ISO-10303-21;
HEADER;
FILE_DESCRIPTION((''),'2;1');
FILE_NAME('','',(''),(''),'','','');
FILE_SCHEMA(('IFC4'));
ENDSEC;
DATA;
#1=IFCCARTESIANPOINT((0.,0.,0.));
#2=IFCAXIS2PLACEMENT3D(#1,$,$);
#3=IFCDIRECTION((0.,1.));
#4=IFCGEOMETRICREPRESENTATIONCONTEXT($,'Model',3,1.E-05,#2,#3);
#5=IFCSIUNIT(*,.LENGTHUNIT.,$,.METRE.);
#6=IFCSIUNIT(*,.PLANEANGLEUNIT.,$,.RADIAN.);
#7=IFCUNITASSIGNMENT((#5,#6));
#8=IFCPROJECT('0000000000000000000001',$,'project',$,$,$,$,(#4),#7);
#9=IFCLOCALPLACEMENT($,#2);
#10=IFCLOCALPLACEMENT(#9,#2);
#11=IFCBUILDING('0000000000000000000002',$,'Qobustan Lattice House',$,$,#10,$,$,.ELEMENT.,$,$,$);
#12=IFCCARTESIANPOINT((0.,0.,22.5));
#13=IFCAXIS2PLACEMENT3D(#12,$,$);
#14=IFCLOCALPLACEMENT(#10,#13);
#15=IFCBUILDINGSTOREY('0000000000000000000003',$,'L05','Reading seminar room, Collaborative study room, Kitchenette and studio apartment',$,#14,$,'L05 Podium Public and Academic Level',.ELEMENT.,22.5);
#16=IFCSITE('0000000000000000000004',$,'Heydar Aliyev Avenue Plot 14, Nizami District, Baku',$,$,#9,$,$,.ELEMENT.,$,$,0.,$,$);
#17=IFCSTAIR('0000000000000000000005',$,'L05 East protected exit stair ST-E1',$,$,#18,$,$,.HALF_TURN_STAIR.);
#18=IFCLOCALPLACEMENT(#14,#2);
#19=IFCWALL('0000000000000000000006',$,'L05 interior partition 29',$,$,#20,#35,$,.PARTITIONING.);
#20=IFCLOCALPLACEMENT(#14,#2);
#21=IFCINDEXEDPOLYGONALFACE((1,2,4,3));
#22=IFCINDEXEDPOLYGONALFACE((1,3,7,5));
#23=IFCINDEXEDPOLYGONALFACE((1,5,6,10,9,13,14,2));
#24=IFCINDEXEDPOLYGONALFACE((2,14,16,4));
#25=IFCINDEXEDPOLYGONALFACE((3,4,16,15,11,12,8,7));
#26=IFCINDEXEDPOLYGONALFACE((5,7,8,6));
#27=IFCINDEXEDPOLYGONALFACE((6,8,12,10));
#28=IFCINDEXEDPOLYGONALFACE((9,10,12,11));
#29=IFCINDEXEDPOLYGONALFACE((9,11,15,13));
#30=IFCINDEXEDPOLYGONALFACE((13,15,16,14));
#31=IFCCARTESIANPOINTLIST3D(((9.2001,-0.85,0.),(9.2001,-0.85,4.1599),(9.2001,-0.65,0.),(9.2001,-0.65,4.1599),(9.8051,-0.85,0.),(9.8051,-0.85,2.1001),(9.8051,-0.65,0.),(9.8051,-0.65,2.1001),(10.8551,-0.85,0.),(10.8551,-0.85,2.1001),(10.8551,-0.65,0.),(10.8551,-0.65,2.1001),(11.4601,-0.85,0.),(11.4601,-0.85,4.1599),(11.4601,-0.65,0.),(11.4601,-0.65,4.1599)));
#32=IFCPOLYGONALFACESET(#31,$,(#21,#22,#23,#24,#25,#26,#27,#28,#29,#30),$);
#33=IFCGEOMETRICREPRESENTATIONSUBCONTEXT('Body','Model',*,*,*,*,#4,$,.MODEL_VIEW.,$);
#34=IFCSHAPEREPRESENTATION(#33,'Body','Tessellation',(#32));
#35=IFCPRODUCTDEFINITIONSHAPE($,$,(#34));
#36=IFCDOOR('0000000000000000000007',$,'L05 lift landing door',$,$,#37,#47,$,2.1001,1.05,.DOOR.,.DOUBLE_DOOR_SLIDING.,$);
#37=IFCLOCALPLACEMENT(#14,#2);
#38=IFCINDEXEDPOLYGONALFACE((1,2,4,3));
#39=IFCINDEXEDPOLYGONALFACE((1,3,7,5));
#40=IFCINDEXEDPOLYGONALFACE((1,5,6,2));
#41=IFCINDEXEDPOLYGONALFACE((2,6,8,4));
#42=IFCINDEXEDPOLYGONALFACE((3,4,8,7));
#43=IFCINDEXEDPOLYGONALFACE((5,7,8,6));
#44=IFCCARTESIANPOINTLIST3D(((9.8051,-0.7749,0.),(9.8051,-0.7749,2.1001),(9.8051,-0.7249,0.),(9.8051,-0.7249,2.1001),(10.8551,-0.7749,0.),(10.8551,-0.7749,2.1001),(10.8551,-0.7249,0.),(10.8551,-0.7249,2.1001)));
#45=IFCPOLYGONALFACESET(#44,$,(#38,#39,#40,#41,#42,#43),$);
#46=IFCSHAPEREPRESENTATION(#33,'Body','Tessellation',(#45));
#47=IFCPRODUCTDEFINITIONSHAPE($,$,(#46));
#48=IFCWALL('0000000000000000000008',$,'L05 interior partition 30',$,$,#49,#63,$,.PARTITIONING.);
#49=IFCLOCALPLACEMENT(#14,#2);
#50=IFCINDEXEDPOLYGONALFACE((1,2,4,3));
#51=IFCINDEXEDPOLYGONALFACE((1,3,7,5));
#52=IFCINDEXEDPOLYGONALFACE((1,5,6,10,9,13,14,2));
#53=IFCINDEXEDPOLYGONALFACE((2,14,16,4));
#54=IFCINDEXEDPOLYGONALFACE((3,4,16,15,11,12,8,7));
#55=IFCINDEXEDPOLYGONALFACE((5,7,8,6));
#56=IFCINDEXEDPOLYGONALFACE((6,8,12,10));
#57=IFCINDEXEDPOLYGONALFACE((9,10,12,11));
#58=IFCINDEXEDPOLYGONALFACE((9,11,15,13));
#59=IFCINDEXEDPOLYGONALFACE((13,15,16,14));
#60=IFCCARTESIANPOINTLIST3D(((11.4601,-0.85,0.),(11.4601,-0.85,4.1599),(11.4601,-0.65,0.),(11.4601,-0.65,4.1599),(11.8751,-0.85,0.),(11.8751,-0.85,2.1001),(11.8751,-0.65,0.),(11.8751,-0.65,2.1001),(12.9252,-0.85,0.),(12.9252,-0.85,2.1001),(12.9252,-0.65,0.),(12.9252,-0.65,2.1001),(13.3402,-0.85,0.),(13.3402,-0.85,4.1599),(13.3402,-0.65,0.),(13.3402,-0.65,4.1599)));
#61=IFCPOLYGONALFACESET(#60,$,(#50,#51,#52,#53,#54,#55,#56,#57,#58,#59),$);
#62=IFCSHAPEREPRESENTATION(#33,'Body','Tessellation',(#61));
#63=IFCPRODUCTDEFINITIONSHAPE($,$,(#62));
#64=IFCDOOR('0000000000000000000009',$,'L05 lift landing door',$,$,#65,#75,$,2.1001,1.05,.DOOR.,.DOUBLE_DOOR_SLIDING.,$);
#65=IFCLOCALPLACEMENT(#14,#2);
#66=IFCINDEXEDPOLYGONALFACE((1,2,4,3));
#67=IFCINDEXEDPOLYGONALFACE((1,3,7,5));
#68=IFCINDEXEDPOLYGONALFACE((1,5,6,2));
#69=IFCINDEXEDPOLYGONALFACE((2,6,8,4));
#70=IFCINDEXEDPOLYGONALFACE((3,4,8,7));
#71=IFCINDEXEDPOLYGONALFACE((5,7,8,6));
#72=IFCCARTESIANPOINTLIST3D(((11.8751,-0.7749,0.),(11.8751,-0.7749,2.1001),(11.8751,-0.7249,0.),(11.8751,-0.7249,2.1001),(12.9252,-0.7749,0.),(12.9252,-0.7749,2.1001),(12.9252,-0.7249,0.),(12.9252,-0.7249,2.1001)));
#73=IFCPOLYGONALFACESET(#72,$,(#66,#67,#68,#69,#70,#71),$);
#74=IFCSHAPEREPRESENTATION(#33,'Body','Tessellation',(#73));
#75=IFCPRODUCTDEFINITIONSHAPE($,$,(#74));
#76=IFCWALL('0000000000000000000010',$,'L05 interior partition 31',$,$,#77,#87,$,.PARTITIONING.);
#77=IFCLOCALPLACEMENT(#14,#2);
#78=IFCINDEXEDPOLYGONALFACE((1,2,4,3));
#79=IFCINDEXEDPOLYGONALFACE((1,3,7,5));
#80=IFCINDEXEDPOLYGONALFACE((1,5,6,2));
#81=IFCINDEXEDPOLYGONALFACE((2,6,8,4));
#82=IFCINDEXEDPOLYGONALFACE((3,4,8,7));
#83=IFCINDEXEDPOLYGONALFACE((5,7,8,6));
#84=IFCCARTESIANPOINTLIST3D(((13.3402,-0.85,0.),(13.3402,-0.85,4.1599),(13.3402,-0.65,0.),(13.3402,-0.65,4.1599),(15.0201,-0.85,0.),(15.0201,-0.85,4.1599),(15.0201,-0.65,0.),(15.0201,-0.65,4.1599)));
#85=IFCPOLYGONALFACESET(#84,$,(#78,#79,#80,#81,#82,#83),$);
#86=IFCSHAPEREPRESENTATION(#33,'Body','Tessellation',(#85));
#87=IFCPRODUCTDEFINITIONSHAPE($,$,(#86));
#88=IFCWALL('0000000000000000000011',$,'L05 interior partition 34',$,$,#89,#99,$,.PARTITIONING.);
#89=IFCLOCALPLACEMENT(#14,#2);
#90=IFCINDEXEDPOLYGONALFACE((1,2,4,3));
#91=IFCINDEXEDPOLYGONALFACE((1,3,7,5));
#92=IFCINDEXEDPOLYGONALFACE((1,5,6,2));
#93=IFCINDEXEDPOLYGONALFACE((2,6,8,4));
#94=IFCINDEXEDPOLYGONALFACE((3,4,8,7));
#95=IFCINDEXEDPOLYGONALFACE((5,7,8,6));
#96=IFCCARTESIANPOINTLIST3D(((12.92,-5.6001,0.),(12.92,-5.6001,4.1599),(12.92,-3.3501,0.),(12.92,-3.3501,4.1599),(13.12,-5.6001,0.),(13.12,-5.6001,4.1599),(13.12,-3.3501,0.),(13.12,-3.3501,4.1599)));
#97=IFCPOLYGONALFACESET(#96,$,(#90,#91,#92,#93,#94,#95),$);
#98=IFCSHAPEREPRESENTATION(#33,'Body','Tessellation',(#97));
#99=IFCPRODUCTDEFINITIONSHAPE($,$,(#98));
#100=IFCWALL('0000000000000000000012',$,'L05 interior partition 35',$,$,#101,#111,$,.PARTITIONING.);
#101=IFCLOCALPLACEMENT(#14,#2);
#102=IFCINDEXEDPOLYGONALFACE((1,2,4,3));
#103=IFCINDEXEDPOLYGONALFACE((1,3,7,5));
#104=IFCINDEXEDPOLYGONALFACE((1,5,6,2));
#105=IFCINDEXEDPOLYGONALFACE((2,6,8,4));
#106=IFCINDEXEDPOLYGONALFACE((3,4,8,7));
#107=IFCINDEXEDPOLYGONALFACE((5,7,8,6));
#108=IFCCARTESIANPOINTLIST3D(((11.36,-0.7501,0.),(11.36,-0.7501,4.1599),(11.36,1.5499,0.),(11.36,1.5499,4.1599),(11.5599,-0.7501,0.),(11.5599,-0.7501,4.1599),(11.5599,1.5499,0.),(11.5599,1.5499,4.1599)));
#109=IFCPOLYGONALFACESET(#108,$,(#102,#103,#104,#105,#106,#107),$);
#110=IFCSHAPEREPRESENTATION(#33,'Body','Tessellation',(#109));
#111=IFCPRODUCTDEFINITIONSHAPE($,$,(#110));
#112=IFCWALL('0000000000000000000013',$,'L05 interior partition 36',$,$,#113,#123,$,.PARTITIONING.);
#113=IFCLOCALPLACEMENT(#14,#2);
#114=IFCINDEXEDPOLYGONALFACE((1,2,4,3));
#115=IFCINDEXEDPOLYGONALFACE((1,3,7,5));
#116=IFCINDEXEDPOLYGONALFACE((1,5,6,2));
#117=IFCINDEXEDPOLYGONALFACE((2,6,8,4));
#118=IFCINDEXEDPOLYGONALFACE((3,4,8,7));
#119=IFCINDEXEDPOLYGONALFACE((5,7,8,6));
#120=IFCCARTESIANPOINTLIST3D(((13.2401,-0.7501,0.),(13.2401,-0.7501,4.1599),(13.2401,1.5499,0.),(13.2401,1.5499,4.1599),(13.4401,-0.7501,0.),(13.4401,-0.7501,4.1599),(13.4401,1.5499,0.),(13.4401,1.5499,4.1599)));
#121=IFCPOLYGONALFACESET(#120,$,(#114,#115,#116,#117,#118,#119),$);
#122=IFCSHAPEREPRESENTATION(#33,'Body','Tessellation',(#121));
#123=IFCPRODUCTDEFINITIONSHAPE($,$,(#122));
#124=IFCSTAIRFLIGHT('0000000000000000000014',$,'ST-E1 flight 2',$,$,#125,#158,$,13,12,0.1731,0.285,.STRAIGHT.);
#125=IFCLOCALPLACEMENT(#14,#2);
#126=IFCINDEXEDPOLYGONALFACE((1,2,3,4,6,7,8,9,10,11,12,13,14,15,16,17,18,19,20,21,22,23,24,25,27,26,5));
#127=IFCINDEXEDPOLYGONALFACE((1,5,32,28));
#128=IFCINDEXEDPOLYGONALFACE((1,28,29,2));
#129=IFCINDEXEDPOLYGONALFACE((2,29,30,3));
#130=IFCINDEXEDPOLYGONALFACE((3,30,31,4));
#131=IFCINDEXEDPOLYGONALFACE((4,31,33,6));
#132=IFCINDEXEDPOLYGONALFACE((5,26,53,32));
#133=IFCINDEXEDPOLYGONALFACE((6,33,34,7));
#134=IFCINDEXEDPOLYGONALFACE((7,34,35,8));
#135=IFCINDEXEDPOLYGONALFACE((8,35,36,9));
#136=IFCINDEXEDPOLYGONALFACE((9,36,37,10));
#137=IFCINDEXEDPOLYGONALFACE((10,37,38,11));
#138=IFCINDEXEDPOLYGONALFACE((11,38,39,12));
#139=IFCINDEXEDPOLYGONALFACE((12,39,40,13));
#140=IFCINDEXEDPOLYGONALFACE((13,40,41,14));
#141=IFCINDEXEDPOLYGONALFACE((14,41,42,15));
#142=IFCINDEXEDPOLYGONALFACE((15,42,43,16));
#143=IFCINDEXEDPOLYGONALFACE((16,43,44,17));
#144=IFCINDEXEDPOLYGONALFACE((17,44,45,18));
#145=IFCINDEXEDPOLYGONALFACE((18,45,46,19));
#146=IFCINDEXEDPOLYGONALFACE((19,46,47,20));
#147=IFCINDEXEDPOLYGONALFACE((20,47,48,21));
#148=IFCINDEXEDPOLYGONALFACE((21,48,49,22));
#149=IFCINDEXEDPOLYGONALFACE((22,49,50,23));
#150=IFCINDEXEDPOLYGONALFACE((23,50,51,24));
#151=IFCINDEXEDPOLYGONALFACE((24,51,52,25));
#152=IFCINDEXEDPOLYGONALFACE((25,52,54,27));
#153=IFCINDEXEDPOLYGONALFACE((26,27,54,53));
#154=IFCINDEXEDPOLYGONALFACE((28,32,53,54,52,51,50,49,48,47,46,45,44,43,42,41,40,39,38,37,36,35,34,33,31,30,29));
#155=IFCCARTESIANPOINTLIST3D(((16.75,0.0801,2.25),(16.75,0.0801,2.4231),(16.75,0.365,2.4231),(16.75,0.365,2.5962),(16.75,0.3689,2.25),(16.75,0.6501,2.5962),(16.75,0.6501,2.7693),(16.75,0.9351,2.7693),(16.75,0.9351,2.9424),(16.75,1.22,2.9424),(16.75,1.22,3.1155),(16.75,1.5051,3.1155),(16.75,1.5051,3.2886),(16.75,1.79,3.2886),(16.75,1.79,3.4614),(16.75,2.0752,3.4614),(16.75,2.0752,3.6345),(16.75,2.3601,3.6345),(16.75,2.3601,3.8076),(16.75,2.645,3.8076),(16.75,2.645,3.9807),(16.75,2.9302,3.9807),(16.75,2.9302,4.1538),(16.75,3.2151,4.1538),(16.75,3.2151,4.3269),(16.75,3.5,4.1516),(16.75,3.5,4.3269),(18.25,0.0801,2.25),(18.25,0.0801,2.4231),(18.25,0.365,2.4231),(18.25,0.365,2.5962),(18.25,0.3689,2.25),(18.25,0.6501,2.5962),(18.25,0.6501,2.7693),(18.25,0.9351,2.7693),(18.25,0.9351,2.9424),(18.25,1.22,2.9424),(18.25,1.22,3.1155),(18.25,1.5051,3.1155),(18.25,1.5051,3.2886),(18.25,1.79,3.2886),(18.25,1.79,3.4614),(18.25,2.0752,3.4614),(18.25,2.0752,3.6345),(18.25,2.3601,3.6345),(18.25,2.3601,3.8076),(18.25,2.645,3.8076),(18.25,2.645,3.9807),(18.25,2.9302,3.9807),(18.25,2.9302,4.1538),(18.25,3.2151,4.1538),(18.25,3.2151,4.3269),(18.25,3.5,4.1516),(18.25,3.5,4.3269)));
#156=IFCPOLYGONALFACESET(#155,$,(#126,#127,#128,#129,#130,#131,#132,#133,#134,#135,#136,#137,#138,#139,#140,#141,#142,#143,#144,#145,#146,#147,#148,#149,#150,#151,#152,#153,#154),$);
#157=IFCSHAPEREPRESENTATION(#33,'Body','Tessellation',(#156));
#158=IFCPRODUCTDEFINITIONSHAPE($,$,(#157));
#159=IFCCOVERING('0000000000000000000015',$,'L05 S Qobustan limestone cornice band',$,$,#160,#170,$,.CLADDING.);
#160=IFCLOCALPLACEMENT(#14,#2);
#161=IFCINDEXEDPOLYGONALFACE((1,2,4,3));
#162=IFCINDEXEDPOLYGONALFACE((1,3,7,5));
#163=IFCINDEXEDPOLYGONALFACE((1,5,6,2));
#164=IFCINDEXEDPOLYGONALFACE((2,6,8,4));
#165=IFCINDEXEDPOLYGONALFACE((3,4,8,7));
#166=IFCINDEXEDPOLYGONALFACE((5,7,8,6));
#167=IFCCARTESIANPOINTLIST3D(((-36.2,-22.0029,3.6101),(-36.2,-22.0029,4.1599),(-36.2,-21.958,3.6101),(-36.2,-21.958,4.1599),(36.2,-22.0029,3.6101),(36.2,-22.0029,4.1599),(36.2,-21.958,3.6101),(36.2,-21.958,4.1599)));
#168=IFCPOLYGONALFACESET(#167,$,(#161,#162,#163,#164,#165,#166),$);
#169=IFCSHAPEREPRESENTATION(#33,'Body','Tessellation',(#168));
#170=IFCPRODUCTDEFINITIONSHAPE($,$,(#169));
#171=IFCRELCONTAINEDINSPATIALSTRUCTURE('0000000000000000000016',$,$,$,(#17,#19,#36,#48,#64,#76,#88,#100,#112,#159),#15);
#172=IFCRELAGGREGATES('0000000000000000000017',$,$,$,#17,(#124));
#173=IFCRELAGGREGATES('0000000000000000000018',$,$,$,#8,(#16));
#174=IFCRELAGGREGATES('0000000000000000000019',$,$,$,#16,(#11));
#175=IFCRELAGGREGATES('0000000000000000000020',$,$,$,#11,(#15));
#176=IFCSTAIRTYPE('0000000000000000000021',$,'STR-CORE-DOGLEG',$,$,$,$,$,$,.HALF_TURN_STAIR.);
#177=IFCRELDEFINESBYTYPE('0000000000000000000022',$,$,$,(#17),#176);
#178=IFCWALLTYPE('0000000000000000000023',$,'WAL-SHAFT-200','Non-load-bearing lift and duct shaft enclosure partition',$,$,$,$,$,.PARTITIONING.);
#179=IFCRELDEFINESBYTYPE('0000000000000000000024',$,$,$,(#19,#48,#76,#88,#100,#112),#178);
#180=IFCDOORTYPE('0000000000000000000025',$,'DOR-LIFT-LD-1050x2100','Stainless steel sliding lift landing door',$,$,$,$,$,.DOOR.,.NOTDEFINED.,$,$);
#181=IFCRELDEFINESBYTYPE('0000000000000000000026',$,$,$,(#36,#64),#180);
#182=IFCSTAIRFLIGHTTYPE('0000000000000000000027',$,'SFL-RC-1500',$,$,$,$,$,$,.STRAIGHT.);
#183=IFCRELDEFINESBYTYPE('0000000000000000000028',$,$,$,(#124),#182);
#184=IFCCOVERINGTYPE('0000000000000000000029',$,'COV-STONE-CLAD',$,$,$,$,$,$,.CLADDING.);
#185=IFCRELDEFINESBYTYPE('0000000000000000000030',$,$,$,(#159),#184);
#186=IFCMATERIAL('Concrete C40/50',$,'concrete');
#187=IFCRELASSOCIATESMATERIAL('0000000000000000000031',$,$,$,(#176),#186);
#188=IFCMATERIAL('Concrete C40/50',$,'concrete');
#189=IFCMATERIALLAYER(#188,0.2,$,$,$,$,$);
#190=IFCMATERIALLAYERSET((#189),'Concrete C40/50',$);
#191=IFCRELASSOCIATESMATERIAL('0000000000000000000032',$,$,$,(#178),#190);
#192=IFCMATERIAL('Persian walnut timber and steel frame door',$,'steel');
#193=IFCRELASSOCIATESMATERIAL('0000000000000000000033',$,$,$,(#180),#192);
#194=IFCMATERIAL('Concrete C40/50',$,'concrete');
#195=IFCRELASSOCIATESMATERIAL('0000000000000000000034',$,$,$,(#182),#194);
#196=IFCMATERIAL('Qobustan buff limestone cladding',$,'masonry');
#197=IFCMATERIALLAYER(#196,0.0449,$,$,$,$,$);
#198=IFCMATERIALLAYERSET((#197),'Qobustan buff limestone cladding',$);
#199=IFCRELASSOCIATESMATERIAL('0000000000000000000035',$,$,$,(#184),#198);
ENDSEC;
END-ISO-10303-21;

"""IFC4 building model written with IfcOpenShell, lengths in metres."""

from ifc_helpers import new_model, si_unit, direction, frame, frame_2d, origin, place, context, subcontext, project, spatial, polyline, rectangle, outline, extrude, material, layer, layer_set, type_object, element, fill, aggregate, save


model = new_model("IFC4")

# Units and contexts
model_context = context("Model", 3, precision=1e-05, world=origin(), true_north=direction((0.0, 1.0)))
body_context = subcontext(model_context, "Body", "Model", "MODEL_VIEW")
ifc_project = project(units=[si_unit("LENGTHUNIT", "METRE"), si_unit("PLANEANGLEUNIT", "RADIAN")], contexts=[model_context])

# Site, building, storey
site_placement = place(None, origin())
site = spatial("IfcSite", under=ifc_project, at=site_placement, Name="Heydar Aliyev Avenue Plot 14, Nizami District, Baku", CompositionType="ELEMENT", RefElevation=0.0)
building_placement = place(site_placement, origin())
building = spatial("IfcBuilding", under=site, at=building_placement, Name="Qobustan Lattice House", CompositionType="ELEMENT")
storey_placement = place(building_placement, frame((0.0, 0.0, 22.5)))
storey = spatial("IfcBuildingStorey", under=building, at=storey_placement, Name="L05", Description="Reading seminar room, Collaborative study room, Kitchenette and studio apartment", LongName="L05 Podium Public and Academic Level", CompositionType="ELEMENT", Elevation=22.5)

# Stair
ifc_material_1 = material(Name="Concrete C40/50", Category="concrete")
stair_type = type_object("IfcStairType", Name="STR-CORE-DOGLEG", PredefinedType="HALF_TURN_STAIR", material=ifc_material_1)
stair_1_placement = place(storey_placement, origin())
stair_1 = element("IfcStair", 1, at=stair_1_placement, inside=storey, type_object=stair_type, Name="L05 East protected exit stair ST-E1", PredefinedType="HALF_TURN_STAIR")

# Shared definitions
ifc_material_2 = material(Name="Concrete C40/50", Category="concrete")
ifc_layer_1 = layer(ifc_material_2, 0.2)
ifc_layer_set_1 = layer_set([ifc_layer_1], Name="Concrete C40/50")
wall_type_1 = type_object("IfcWallType", Name="WAL-SHAFT-200", Description="Non-load-bearing lift and duct shaft enclosure partition", PredefinedType="PARTITIONING", material=ifc_layer_set_1)

# Walls, openings, doors
wall_1_placement = place(storey_placement, frame((11.46, -0.75, 0.0), z_axis=(0.0, 0.0, 1.0), x_axis=(-1.0, 0.0, 0.0)))
wall_1 = element("IfcWall", 2, at=wall_1_placement, inside=storey, type_object=wall_type_1, Name="L05 interior partition 29", PredefinedType="PARTITIONING", context=body_context, shape_type="SweptSolid", body=[
    extrude(rectangle(XDim=2.26, YDim=0.2, at=frame_2d((1.1299, 0.0))), origin(), (0.0, 0.0, 1.0), 4.1599),
])
opening_1_placement = place(wall_1_placement, frame((0.605, 0.0, 0.0)))
opening_1 = element("IfcOpeningElement", 3, at=opening_1_placement, cuts=wall_1, PredefinedType="OPENING", context=body_context, shape_type="SweptSolid", body=[
    extrude(rectangle(XDim=1.05, YDim=2.1001, at=frame_2d((0.5249, 1.05))), frame((0.0, 0.1099, 0.0), z_axis=(0.0, -1.0, 0.0), x_axis=(1.0, 0.0, 0.0)), (0.0, 0.0, 1.0), 0.22),
])
ifc_material_3 = material(Name="Persian walnut timber and steel frame door", Category="steel")
door_type_1 = type_object("IfcDoorType", Name="DOR-LIFT-LD-1050x2100", Description="Stainless steel sliding lift landing door", OperationType="NOTDEFINED", PredefinedType="DOOR", material=ifc_material_3)
door_1_placement = place(opening_1_placement, origin())
door_1 = element("IfcDoor", 4, at=door_1_placement, inside=storey, type_object=door_type_1, Name="L05 lift landing door", OperationType="DOUBLE_DOOR_SLIDING", OverallHeight=2.1001, OverallWidth=1.05, PredefinedType="DOOR", context=body_context, shape_type="SweptSolid", body=[
    extrude(rectangle(XDim=1.05, YDim=2.1001, at=frame_2d((0.5249, 1.05))), frame((0.0, 0.0249, 0.0), z_axis=(0.0, -1.0, 0.0), x_axis=(1.0, 0.0, 0.0)), (0.0, 0.0, 1.0), 0.05),
])
fill(opening_1, door_1)
wall_2_placement = place(storey_placement, frame((13.3401, -0.75, 0.0), z_axis=(0.0, 0.0, 1.0), x_axis=(-1.0, 0.0, 0.0)))
wall_2 = element("IfcWall", 5, at=wall_2_placement, inside=storey, type_object=wall_type_1, Name="L05 interior partition 30", PredefinedType="PARTITIONING", context=body_context, shape_type="SweptSolid", body=[
    extrude(rectangle(XDim=1.8801, YDim=0.2, at=frame_2d((0.9399, 0.0))), origin(), (0.0, 0.0, 1.0), 4.1599),
])
opening_2_placement = place(wall_2_placement, frame((0.415, 0.0, 0.0)))
opening_2 = element("IfcOpeningElement", 6, at=opening_2_placement, cuts=wall_2, PredefinedType="OPENING", context=body_context, shape_type="SweptSolid", body=[
    extrude(rectangle(XDim=1.05, YDim=2.1001, at=frame_2d((0.5249, 1.05))), frame((0.0, 0.1099, 0.0), z_axis=(0.0, -1.0, 0.0), x_axis=(1.0, 0.0, 0.0)), (0.0, 0.0, 1.0), 0.22),
])
door_2_placement = place(opening_2_placement, origin())
door_2 = element("IfcDoor", 7, at=door_2_placement, inside=storey, type_object=door_type_1, Name="L05 lift landing door", OperationType="DOUBLE_DOOR_SLIDING", OverallHeight=2.1001, OverallWidth=1.05, PredefinedType="DOOR", context=body_context, shape_type="SweptSolid", body=[
    extrude(rectangle(XDim=1.05, YDim=2.1001, at=frame_2d((0.5249, 1.05))), frame((0.0, 0.0249, 0.0), z_axis=(0.0, -1.0, 0.0), x_axis=(1.0, 0.0, 0.0)), (0.0, 0.0, 1.0), 0.05),
])
fill(opening_2, door_2)

# Walls
wall_3_placement = place(storey_placement, frame((15.02, -0.75, 0.0), z_axis=(0.0, 0.0, 1.0), x_axis=(-1.0, 0.0, 0.0)))
element("IfcWall", 8, at=wall_3_placement, inside=storey, type_object=wall_type_1, Name="L05 interior partition 31", PredefinedType="PARTITIONING", context=body_context, shape_type="SweptSolid", body=[
    extrude(rectangle(XDim=1.6799, YDim=0.2, at=frame_2d((0.8398, 0.0))), origin(), (0.0, 0.0, 1.0), 4.1599),
])
wall_4_placement = place(storey_placement, frame((13.02, -5.6001, 0.0), z_axis=(0.0, 0.0, 1.0), x_axis=(0.0, 1.0, 0.0)))
element("IfcWall", 9, at=wall_4_placement, inside=storey, type_object=wall_type_1, Name="L05 interior partition 34", PredefinedType="PARTITIONING", context=body_context, shape_type="SweptSolid", body=[
    extrude(rectangle(XDim=2.25, YDim=0.2, at=frame_2d((1.125, 0.0))), origin(), (0.0, 0.0, 1.0), 4.1599),
])
for number, where, z_axis, x_axis, name in (
    (10, (11.46, -0.75, 0.0), (0.0, 0.0, 1.0), (0.0, 1.0, 0.0), "L05 interior partition 35"),
    (11, (13.3401, -0.75, 0.0), (0.0, 0.0, 1.0), (0.0, 1.0, 0.0), "L05 interior partition 36"),
):
    element("IfcWall", number, at=place(storey_placement, frame(where, z_axis=z_axis, x_axis=x_axis)), inside=storey, type_object=wall_type_1, Name=name, PredefinedType="PARTITIONING", context=body_context, shape_type="SweptSolid", body=[
        extrude(rectangle(XDim=2.3, YDim=0.2, at=frame_2d((1.1499, 0.0))), origin(), (0.0, 0.0, 1.0), 4.1599),
    ])

# Stair flight
ifc_material_4 = material(Name="Concrete C40/50", Category="concrete")
stair_flight_type = type_object("IfcStairFlightType", Name="SFL-RC-1500", PredefinedType="STRAIGHT", material=ifc_material_4)
stair_flight_placement = place(storey_placement, frame((17.5, 0.0801, 2.25), z_axis=(0.0, 0.0, 1.0), x_axis=(0.0, 1.0, 0.0)))
stair_flight = element("IfcStairFlight", 12, at=stair_flight_placement, type_object=stair_flight_type, Name="ST-E1 flight 2", NumberOfRisers=13, NumberOfTreads=12, PredefinedType="STRAIGHT", RiserHeight=0.1731, TreadLength=0.285, context=body_context, shape_type="SweptSolid", body=[
    extrude(outline(polyline([(0.0, 0.0), (0.0, 0.1731), (0.2849, 0.1731), (0.2849, 0.3462), (0.5701, 0.3462), (0.5701, 0.5193), (0.855, 0.5193), (0.855, 0.6924), (1.1399, 0.6924), (1.1399, 0.8655), (1.425, 0.8655), (1.425, 1.0386), (1.71, 1.0386), (1.71, 1.2114), (1.9951, 1.2114), (1.9951, 1.3845), (2.28, 1.3845), (2.28, 1.5576), (2.5649, 1.5576), (2.5649, 1.7307), (2.8501, 1.7307), (2.8501, 1.9038), (3.135, 1.9038), (3.135, 2.0769), (3.4199, 2.0769), (3.4199, 2.25), (3.4199, 1.9016), (0.2888, 0.0), (0.0, 0.0)])), frame((0.0, 0.75, 0.0), z_axis=(0.0, -1.0, 0.0), x_axis=(1.0, 0.0, 0.0)), (0.0, 0.0, 1.0), 1.5),
])
aggregate(stair_1, [stair_flight])

# Covering
ifc_material_5 = material(Name="Qobustan buff limestone cladding", Category="masonry")
ifc_layer_2 = layer(ifc_material_5, 0.0449)
ifc_layer_set_2 = layer_set([ifc_layer_2], Name="Qobustan buff limestone cladding")
covering_type = type_object("IfcCoveringType", Name="COV-STONE-CLAD", PredefinedType="CLADDING", material=ifc_layer_set_2)
covering_placement = place(storey_placement, frame((0.0, 0.0, 3.6101)))
element("IfcCovering", 13, at=covering_placement, inside=storey, type_object=covering_type, Name="L05 S Qobustan limestone cornice band", PredefinedType="CLADDING", context=body_context, shape_type="SweptSolid", body=[
    extrude(outline(polyline([(36.2, -21.958), (36.2, -22.0029), (-36.2, -22.0029), (-36.2, -21.958), (36.2, -21.958)])), origin(), (0.0, 0.0, 1.0), 0.5498),
])

save(model, "model.ifc")
